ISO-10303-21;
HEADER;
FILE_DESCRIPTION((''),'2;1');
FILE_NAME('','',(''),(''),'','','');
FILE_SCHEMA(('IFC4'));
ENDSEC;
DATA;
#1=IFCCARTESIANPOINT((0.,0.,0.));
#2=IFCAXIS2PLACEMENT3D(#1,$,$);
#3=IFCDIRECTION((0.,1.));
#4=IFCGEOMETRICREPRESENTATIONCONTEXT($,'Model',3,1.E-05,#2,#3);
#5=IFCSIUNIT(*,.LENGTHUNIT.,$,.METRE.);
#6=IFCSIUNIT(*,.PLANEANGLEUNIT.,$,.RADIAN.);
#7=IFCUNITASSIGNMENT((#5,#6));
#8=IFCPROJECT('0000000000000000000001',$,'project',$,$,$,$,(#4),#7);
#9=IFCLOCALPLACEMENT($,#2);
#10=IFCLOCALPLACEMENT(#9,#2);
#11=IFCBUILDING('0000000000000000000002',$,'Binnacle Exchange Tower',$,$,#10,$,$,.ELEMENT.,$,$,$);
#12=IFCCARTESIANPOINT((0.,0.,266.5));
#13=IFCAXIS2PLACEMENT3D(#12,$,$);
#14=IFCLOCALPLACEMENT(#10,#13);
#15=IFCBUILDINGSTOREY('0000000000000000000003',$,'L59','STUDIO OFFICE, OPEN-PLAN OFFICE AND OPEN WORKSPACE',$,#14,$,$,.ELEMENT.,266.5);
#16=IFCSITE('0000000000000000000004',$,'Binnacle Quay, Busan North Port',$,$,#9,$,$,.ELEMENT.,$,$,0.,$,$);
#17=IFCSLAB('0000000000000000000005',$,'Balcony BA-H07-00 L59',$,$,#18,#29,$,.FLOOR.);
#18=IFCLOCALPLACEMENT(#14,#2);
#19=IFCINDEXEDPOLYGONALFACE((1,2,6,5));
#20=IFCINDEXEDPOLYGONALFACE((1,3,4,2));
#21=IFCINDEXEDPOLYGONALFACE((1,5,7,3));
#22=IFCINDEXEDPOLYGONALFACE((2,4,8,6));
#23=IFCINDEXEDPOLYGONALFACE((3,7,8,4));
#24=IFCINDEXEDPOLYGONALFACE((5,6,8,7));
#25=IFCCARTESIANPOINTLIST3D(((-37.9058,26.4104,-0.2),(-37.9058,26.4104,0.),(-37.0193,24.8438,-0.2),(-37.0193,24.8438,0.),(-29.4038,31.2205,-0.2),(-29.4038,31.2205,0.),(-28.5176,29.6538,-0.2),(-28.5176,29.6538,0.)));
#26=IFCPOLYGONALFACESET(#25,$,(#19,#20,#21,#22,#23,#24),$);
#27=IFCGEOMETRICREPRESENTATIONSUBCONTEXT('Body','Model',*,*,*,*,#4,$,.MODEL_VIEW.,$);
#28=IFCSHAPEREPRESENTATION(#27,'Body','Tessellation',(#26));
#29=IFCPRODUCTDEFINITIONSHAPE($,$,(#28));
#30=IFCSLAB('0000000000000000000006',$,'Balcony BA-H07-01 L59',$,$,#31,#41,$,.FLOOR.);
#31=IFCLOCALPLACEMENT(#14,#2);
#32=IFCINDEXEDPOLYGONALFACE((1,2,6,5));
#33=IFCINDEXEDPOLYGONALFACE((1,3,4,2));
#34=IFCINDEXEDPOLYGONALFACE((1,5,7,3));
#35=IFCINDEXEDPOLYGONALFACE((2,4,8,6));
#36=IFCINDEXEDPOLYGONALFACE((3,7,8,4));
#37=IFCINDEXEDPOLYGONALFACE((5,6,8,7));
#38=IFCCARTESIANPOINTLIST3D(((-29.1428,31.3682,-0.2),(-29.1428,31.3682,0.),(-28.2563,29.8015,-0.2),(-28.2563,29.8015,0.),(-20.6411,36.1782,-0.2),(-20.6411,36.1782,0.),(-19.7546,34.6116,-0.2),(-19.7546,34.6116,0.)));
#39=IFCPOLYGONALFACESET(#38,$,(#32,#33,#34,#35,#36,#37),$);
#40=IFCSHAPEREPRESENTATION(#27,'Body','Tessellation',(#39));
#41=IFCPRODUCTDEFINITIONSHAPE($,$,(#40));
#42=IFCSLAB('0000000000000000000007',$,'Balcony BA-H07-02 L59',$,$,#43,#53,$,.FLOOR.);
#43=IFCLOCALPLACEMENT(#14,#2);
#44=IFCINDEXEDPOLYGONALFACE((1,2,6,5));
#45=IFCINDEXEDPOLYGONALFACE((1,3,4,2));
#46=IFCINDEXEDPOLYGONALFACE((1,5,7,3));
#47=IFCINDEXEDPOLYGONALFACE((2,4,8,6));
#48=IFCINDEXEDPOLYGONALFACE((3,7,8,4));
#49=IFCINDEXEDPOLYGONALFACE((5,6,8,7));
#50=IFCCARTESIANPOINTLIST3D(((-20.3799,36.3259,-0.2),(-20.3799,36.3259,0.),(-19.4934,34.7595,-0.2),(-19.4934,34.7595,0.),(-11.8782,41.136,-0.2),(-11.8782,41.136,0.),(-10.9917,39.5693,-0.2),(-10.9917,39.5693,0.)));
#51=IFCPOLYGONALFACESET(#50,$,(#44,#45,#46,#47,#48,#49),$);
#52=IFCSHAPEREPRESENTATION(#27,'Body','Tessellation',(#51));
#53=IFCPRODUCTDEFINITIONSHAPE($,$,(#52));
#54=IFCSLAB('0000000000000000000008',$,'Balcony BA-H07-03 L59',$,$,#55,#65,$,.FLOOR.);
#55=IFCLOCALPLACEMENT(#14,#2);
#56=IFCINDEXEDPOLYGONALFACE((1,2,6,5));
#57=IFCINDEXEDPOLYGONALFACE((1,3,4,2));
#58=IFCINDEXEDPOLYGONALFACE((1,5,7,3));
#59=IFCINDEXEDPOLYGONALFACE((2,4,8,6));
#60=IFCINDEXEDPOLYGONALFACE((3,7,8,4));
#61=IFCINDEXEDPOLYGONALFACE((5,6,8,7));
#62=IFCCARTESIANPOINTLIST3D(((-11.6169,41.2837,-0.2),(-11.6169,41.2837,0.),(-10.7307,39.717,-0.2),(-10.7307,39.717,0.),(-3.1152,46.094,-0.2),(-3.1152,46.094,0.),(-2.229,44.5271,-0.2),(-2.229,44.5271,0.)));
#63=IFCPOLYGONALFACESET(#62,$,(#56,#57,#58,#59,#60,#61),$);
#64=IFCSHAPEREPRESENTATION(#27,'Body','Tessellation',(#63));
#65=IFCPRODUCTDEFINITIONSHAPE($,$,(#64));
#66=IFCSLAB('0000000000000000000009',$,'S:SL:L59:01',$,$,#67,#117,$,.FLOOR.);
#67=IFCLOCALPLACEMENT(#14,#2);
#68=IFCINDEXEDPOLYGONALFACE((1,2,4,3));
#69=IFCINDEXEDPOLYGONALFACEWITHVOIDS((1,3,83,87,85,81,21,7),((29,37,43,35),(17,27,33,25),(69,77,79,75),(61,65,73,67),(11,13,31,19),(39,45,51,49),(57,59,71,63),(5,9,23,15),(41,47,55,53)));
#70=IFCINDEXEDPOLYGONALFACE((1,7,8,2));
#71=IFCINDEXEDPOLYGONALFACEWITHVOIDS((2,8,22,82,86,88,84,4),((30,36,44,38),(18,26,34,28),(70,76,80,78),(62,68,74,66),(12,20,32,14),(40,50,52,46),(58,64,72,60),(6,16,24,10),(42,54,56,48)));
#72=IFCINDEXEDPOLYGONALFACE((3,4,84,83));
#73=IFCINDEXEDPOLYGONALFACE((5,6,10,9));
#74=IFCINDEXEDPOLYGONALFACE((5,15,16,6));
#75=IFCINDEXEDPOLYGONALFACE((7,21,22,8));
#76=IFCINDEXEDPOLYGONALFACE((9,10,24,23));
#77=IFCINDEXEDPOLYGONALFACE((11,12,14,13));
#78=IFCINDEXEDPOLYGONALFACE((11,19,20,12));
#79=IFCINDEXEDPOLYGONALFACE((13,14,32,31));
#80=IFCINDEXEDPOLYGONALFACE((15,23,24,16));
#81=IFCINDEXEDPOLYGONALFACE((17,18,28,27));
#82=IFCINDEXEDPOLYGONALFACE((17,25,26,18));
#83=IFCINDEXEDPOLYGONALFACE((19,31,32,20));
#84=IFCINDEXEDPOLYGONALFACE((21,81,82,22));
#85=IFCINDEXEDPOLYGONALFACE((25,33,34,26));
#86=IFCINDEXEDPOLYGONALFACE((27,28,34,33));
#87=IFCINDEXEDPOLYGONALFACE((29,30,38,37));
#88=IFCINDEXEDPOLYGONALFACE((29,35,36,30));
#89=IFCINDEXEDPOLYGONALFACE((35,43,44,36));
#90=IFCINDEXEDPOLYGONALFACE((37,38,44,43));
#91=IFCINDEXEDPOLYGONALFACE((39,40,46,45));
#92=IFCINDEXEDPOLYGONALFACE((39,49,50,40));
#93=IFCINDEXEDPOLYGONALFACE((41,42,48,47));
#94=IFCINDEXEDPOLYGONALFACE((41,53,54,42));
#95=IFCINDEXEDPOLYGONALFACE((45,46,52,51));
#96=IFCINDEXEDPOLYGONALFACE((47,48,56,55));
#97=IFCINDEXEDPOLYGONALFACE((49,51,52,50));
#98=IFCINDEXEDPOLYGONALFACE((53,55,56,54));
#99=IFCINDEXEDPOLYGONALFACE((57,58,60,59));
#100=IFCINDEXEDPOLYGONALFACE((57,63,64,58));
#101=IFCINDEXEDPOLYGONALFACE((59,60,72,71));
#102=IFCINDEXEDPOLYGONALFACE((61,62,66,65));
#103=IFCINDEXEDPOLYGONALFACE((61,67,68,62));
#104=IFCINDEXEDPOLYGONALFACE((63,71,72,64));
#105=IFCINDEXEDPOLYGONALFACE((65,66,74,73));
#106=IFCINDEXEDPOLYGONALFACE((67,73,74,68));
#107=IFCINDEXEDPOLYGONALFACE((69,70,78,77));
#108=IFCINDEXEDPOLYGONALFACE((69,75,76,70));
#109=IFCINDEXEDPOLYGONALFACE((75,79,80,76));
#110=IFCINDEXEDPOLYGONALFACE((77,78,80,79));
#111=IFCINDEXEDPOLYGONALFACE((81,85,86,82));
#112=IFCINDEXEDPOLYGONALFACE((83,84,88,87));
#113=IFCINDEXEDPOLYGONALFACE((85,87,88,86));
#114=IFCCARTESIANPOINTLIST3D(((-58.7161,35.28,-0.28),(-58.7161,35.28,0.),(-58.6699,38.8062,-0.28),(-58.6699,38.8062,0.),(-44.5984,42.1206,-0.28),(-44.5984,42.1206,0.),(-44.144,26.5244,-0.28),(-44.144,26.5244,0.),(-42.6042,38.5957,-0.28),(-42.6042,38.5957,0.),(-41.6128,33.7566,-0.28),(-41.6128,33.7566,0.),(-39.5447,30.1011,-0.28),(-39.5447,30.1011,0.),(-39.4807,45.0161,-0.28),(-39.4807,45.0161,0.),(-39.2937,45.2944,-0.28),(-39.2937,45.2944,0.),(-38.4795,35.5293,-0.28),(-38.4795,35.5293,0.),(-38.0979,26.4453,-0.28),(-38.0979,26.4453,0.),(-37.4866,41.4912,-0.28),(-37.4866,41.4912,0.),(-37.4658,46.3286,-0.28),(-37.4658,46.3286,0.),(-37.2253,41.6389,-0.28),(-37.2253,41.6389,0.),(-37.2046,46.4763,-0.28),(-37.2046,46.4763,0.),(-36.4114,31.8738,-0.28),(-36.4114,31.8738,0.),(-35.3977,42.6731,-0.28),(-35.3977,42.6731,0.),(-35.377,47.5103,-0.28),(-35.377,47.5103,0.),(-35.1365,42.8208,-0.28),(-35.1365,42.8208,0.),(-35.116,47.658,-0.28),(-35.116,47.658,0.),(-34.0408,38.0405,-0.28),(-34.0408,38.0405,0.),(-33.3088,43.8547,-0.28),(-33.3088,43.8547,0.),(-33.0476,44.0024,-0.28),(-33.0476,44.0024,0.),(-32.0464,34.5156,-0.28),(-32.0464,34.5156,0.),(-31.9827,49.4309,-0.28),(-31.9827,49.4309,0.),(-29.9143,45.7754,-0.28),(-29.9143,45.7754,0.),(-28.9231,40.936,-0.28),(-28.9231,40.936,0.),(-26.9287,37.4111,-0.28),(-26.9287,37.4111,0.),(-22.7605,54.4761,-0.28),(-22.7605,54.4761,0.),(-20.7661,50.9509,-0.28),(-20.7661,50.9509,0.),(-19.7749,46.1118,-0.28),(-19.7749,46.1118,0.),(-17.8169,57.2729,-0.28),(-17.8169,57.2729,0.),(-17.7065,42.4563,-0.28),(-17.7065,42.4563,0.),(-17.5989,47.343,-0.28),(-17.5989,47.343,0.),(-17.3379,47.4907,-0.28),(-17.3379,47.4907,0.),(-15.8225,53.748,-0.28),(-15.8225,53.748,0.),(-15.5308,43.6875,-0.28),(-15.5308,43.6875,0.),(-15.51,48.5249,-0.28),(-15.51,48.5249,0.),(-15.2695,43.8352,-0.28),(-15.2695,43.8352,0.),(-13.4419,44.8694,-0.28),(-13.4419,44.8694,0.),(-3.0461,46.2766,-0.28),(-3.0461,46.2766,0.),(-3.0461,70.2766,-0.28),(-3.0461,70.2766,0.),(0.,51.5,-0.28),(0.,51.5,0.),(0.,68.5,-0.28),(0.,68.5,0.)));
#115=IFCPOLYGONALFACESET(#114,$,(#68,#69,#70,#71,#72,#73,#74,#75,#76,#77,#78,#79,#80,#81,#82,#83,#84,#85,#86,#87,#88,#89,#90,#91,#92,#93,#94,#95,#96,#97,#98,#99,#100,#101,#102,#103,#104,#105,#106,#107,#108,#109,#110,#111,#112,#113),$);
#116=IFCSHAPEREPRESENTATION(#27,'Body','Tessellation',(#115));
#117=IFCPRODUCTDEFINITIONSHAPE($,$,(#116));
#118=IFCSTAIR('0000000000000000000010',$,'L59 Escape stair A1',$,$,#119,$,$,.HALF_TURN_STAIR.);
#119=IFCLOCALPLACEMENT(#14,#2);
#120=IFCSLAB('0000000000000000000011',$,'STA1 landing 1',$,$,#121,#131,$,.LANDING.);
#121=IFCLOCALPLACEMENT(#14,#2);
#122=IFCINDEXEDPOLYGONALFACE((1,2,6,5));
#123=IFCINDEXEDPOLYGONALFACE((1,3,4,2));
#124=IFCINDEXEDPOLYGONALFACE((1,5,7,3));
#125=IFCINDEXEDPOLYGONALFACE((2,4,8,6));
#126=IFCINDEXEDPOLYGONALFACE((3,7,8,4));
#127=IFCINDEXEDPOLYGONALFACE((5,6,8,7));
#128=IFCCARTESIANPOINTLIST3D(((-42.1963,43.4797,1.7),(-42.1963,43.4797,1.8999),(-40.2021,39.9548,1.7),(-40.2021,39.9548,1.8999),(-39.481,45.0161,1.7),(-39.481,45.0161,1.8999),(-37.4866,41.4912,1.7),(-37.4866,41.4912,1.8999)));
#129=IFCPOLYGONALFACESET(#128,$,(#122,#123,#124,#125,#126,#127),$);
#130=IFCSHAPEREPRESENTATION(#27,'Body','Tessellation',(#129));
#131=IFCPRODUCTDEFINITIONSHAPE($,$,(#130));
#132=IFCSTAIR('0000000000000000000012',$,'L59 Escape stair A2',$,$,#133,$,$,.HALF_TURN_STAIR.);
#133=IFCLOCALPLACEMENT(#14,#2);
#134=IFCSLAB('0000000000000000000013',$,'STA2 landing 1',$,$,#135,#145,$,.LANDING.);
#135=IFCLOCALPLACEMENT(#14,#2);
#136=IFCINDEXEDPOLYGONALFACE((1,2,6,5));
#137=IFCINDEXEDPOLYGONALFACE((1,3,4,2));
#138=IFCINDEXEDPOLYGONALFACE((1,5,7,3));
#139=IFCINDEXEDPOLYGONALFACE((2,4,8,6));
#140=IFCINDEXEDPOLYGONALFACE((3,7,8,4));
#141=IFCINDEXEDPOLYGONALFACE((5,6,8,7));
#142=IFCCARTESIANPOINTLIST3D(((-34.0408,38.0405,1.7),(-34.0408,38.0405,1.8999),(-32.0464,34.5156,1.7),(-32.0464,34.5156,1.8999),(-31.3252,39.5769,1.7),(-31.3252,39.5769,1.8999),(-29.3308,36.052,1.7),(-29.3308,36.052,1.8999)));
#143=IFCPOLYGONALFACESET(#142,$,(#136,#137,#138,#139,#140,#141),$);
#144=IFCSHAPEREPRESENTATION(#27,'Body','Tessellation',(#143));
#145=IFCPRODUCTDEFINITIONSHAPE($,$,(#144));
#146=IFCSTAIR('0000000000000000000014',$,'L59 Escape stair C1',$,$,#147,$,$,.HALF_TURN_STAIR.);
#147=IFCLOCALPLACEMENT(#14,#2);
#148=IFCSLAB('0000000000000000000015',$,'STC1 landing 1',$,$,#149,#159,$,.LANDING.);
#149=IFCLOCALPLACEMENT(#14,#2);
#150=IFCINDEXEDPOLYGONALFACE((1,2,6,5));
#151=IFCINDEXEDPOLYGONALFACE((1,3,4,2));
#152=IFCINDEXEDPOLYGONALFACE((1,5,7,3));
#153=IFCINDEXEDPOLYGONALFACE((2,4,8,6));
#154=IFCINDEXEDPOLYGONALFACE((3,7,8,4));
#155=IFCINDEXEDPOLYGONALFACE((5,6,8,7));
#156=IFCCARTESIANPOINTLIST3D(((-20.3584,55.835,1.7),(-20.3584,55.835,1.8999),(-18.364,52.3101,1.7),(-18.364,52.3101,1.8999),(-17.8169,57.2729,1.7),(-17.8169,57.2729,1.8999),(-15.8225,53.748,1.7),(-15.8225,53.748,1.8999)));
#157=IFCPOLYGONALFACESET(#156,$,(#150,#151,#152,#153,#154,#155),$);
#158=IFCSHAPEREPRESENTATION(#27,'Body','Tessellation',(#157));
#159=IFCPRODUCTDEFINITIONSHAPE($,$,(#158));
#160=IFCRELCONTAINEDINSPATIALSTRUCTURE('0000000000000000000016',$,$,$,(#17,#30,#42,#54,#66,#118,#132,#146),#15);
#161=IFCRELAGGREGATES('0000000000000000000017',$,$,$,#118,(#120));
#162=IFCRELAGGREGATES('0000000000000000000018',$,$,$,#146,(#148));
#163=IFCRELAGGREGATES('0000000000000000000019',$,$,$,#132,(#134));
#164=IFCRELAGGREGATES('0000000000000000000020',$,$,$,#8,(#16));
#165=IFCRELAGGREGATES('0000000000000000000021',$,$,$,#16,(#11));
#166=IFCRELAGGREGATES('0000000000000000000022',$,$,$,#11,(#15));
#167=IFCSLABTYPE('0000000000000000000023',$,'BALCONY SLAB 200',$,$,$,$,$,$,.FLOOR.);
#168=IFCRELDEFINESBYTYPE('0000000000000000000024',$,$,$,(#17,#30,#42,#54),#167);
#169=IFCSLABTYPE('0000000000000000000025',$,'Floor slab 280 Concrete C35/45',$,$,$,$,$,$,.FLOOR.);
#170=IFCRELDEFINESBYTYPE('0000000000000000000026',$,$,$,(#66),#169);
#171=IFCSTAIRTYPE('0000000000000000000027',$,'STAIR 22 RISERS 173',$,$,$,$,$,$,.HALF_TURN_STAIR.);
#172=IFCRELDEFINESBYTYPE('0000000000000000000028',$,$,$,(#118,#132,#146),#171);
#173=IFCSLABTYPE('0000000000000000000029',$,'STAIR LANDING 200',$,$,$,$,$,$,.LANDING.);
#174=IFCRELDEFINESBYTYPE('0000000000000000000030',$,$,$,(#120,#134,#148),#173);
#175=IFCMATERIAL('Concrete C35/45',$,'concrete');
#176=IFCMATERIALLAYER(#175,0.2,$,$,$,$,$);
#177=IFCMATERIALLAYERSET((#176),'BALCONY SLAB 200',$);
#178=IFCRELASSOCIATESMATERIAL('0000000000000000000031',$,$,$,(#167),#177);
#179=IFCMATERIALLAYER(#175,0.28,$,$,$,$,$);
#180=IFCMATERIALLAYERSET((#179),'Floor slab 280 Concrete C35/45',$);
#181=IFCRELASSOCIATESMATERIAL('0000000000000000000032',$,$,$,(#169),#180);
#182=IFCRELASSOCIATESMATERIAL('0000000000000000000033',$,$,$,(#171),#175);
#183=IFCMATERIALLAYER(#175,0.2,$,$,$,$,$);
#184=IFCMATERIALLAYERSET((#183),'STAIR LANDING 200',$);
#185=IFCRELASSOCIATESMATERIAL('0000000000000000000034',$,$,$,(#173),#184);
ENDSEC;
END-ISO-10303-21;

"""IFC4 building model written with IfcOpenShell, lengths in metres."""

from ifc_helpers import new_model, si_unit, direction, frame, origin, place, context, subcontext, project, spatial, polyline, outline, extrude, material, layer, layer_set, type_object, element, aggregate, save


model = new_model("IFC4")

# Units and contexts
model_context = context("Model", 3, precision=1e-05, world=origin(), true_north=direction((0.0, 1.0)))
body_context = subcontext(model_context, "Body", "Model", "MODEL_VIEW")
ifc_project = project(units=[si_unit("LENGTHUNIT", "METRE"), si_unit("PLANEANGLEUNIT", "RADIAN")], contexts=[model_context])

# Site, building, storey
site_placement = place(None, origin())
site = spatial("IfcSite", under=ifc_project, at=site_placement, Name="Binnacle Quay, Busan North Port", CompositionType="ELEMENT", RefElevation=0.0)
building_placement = place(site_placement, origin())
building = spatial("IfcBuilding", under=site, at=building_placement, Name="Binnacle Exchange Tower", CompositionType="ELEMENT")
storey_placement = place(building_placement, frame((0.0, 0.0, 266.5)))
storey = spatial("IfcBuildingStorey", under=building, at=storey_placement, Name="L59", Description="STUDIO OFFICE, OPEN-PLAN OFFICE AND OPEN WORKSPACE", CompositionType="ELEMENT", Elevation=266.5)

# Slabs
ifc_material_1 = material(Name="Concrete C35/45", Category="concrete")
ifc_layer_1 = layer(ifc_material_1, 0.2)
ifc_layer_set_1 = layer_set([ifc_layer_1], Name="BALCONY SLAB 200")
slab_type_1 = type_object("IfcSlabType", Name="BALCONY SLAB 200", PredefinedType="FLOOR", material=ifc_layer_set_1)
slab_1_placement = place(storey_placement, frame((0.0, 0.0, -0.2)))
element("IfcSlab", 1, at=slab_1_placement, inside=storey, type_object=slab_type_1, Name="Balcony BA-H07-00 L59", PredefinedType="FLOOR", context=body_context, shape_type="SweptSolid", body=[
    extrude(outline(polyline([(-37.9058, 26.4104), (-29.4038, 31.2205), (-28.5176, 29.6538), (-37.0193, 24.8438), (-37.9058, 26.4104)])), origin(), (0.0, 0.0, 1.0), 0.2),
])
slab_2_placement = place(storey_placement, frame((0.0, 0.0, -0.2)))
element("IfcSlab", 2, at=slab_2_placement, inside=storey, type_object=slab_type_1, Name="Balcony BA-H07-01 L59", PredefinedType="FLOOR", context=body_context, shape_type="SweptSolid", body=[
    extrude(outline(polyline([(-29.1428, 31.3682), (-20.6411, 36.1782), (-19.7546, 34.6116), (-28.2563, 29.8015), (-29.1428, 31.3682)])), origin(), (0.0, 0.0, 1.0), 0.2),
])
slab_3_placement = place(storey_placement, frame((0.0, 0.0, -0.2)))
element("IfcSlab", 3, at=slab_3_placement, inside=storey, type_object=slab_type_1, Name="Balcony BA-H07-02 L59", PredefinedType="FLOOR", context=body_context, shape_type="SweptSolid", body=[
    extrude(outline(polyline([(-20.3799, 36.3259), (-11.8782, 41.136), (-10.9917, 39.5693), (-19.4934, 34.7595), (-20.3799, 36.3259)])), origin(), (0.0, 0.0, 1.0), 0.2),
])
slab_4_placement = place(storey_placement, frame((0.0, 0.0, -0.2)))
element("IfcSlab", 4, at=slab_4_placement, inside=storey, type_object=slab_type_1, Name="Balcony BA-H07-03 L59", PredefinedType="FLOOR", context=body_context, shape_type="SweptSolid", body=[
    extrude(outline(polyline([(-11.6169, 41.2837), (-3.1152, 46.094), (-2.229, 44.5271), (-10.7307, 39.717), (-11.6169, 41.2837)])), origin(), (0.0, 0.0, 1.0), 0.2),
])
ifc_layer_2 = layer(ifc_material_1, 0.28)
ifc_layer_set_2 = layer_set([ifc_layer_2], Name="Floor slab 280 Concrete C35/45")
slab_type_2 = type_object("IfcSlabType", Name="Floor slab 280 Concrete C35/45", PredefinedType="FLOOR", material=ifc_layer_set_2)
slab_5_placement = place(storey_placement, frame((0.0, 0.0, -0.28)))
element("IfcSlab", 5, at=slab_5_placement, inside=storey, type_object=slab_type_2, Name="S:SL:L59:01", PredefinedType="FLOOR", context=body_context, shape_type="SweptSolid", body=[
    extrude(outline(polyline([(-38.0979, 26.4453), (-44.144, 26.5244), (-58.7161, 35.28), (-58.6699, 38.8062), (-3.0461, 70.2766), (0.0, 68.5), (0.0, 51.5), (-3.0461, 46.2766), (-38.0979, 26.4453)]), holes=[polyline([(-38.4795, 35.5293), (-41.6128, 33.7566), (-39.5447, 30.1011), (-36.4114, 31.8738), (-38.4795, 35.5293)]), polyline([(-32.0464, 34.5156), (-26.9287, 37.4111), (-28.9231, 40.936), (-34.0408, 38.0405), (-32.0464, 34.5156)]), polyline([(-39.4807, 45.0161), (-44.5984, 42.1206), (-42.6042, 38.5957), (-37.4866, 41.4912), (-39.4807, 45.0161)]), polyline([(-37.4658, 46.3286), (-39.2937, 45.2944), (-37.2253, 41.6389), (-35.3977, 42.6731), (-37.4658, 46.3286)]), polyline([(-17.5989, 47.343), (-19.7749, 46.1118), (-17.7065, 42.4563), (-15.5308, 43.6875), (-17.5989, 47.343)]), polyline([(-35.377, 47.5103), (-37.2046, 46.4763), (-35.1365, 42.8208), (-33.3088, 43.8547), (-35.377, 47.5103)]), polyline([(-15.51, 48.5249), (-17.3379, 47.4907), (-15.2695, 43.8352), (-13.4419, 44.8694), (-15.51, 48.5249)]), polyline([(-29.9143, 45.7754), (-31.9827, 49.4309), (-35.116, 47.658), (-33.0476, 44.0024), (-29.9143, 45.7754)]), polyline([(-15.8225, 53.748), (-17.8169, 57.2729), (-22.7605, 54.4761), (-20.7661, 50.9509), (-15.8225, 53.748)])]), origin(), (0.0, 0.0, 1.0), 0.28),
])

# Stairs, slabs
stair_type = type_object("IfcStairType", Name="STAIR 22 RISERS 173", PredefinedType="HALF_TURN_STAIR", material=ifc_material_1)
stair_1_placement = place(storey_placement, origin())
stair_1 = element("IfcStair", 6, at=stair_1_placement, inside=storey, type_object=stair_type, Name="L59 Escape stair A1", PredefinedType="HALF_TURN_STAIR")
ifc_layer_3 = layer(ifc_material_1, 0.2)
ifc_layer_set_3 = layer_set([ifc_layer_3], Name="STAIR LANDING 200")
slab_type_3 = type_object("IfcSlabType", Name="STAIR LANDING 200", PredefinedType="LANDING", material=ifc_layer_set_3)
slab_6_placement = place(storey_placement, frame((0.0, 0.0, 1.7)))
slab_6 = element("IfcSlab", 7, at=slab_6_placement, type_object=slab_type_3, Name="STA1 landing 1", PredefinedType="LANDING", context=body_context, shape_type="SweptSolid", body=[
    extrude(outline(polyline([(-40.2021, 39.9548), (-37.4866, 41.4912), (-39.481, 45.0161), (-42.1963, 43.4797), (-40.2021, 39.9548)])), origin(), (0.0, 0.0, 1.0), 0.2),
])
aggregate(stair_1, [slab_6])
stair_2_placement = place(storey_placement, origin())
stair_2 = element("IfcStair", 8, at=stair_2_placement, inside=storey, type_object=stair_type, Name="L59 Escape stair A2", PredefinedType="HALF_TURN_STAIR")
slab_7_placement = place(storey_placement, frame((0.0, 0.0, 1.7)))
slab_7 = element("IfcSlab", 9, at=slab_7_placement, type_object=slab_type_3, Name="STA2 landing 1", PredefinedType="LANDING", context=body_context, shape_type="SweptSolid", body=[
    extrude(outline(polyline([(-31.3252, 39.5769), (-34.0408, 38.0405), (-32.0464, 34.5156), (-29.3308, 36.052), (-31.3252, 39.5769)])), origin(), (0.0, 0.0, 1.0), 0.2),
])
stair_3_placement = place(storey_placement, origin())
stair_3 = element("IfcStair", 10, at=stair_3_placement, inside=storey, type_object=stair_type, Name="L59 Escape stair C1", PredefinedType="HALF_TURN_STAIR")
slab_8_placement = place(storey_placement, frame((0.0, 0.0, 1.7)))
slab_8 = element("IfcSlab", 11, at=slab_8_placement, type_object=slab_type_3, Name="STC1 landing 1", PredefinedType="LANDING", context=body_context, shape_type="SweptSolid", body=[
    extrude(outline(polyline([(-18.364, 52.3101), (-15.8225, 53.748), (-17.8169, 57.2729), (-20.3584, 55.835), (-18.364, 52.3101)])), origin(), (0.0, 0.0, 1.0), 0.2),
])
aggregate(stair_3, [slab_8])

aggregate(stair_2, [slab_7])

save(model, "model.ifc")
